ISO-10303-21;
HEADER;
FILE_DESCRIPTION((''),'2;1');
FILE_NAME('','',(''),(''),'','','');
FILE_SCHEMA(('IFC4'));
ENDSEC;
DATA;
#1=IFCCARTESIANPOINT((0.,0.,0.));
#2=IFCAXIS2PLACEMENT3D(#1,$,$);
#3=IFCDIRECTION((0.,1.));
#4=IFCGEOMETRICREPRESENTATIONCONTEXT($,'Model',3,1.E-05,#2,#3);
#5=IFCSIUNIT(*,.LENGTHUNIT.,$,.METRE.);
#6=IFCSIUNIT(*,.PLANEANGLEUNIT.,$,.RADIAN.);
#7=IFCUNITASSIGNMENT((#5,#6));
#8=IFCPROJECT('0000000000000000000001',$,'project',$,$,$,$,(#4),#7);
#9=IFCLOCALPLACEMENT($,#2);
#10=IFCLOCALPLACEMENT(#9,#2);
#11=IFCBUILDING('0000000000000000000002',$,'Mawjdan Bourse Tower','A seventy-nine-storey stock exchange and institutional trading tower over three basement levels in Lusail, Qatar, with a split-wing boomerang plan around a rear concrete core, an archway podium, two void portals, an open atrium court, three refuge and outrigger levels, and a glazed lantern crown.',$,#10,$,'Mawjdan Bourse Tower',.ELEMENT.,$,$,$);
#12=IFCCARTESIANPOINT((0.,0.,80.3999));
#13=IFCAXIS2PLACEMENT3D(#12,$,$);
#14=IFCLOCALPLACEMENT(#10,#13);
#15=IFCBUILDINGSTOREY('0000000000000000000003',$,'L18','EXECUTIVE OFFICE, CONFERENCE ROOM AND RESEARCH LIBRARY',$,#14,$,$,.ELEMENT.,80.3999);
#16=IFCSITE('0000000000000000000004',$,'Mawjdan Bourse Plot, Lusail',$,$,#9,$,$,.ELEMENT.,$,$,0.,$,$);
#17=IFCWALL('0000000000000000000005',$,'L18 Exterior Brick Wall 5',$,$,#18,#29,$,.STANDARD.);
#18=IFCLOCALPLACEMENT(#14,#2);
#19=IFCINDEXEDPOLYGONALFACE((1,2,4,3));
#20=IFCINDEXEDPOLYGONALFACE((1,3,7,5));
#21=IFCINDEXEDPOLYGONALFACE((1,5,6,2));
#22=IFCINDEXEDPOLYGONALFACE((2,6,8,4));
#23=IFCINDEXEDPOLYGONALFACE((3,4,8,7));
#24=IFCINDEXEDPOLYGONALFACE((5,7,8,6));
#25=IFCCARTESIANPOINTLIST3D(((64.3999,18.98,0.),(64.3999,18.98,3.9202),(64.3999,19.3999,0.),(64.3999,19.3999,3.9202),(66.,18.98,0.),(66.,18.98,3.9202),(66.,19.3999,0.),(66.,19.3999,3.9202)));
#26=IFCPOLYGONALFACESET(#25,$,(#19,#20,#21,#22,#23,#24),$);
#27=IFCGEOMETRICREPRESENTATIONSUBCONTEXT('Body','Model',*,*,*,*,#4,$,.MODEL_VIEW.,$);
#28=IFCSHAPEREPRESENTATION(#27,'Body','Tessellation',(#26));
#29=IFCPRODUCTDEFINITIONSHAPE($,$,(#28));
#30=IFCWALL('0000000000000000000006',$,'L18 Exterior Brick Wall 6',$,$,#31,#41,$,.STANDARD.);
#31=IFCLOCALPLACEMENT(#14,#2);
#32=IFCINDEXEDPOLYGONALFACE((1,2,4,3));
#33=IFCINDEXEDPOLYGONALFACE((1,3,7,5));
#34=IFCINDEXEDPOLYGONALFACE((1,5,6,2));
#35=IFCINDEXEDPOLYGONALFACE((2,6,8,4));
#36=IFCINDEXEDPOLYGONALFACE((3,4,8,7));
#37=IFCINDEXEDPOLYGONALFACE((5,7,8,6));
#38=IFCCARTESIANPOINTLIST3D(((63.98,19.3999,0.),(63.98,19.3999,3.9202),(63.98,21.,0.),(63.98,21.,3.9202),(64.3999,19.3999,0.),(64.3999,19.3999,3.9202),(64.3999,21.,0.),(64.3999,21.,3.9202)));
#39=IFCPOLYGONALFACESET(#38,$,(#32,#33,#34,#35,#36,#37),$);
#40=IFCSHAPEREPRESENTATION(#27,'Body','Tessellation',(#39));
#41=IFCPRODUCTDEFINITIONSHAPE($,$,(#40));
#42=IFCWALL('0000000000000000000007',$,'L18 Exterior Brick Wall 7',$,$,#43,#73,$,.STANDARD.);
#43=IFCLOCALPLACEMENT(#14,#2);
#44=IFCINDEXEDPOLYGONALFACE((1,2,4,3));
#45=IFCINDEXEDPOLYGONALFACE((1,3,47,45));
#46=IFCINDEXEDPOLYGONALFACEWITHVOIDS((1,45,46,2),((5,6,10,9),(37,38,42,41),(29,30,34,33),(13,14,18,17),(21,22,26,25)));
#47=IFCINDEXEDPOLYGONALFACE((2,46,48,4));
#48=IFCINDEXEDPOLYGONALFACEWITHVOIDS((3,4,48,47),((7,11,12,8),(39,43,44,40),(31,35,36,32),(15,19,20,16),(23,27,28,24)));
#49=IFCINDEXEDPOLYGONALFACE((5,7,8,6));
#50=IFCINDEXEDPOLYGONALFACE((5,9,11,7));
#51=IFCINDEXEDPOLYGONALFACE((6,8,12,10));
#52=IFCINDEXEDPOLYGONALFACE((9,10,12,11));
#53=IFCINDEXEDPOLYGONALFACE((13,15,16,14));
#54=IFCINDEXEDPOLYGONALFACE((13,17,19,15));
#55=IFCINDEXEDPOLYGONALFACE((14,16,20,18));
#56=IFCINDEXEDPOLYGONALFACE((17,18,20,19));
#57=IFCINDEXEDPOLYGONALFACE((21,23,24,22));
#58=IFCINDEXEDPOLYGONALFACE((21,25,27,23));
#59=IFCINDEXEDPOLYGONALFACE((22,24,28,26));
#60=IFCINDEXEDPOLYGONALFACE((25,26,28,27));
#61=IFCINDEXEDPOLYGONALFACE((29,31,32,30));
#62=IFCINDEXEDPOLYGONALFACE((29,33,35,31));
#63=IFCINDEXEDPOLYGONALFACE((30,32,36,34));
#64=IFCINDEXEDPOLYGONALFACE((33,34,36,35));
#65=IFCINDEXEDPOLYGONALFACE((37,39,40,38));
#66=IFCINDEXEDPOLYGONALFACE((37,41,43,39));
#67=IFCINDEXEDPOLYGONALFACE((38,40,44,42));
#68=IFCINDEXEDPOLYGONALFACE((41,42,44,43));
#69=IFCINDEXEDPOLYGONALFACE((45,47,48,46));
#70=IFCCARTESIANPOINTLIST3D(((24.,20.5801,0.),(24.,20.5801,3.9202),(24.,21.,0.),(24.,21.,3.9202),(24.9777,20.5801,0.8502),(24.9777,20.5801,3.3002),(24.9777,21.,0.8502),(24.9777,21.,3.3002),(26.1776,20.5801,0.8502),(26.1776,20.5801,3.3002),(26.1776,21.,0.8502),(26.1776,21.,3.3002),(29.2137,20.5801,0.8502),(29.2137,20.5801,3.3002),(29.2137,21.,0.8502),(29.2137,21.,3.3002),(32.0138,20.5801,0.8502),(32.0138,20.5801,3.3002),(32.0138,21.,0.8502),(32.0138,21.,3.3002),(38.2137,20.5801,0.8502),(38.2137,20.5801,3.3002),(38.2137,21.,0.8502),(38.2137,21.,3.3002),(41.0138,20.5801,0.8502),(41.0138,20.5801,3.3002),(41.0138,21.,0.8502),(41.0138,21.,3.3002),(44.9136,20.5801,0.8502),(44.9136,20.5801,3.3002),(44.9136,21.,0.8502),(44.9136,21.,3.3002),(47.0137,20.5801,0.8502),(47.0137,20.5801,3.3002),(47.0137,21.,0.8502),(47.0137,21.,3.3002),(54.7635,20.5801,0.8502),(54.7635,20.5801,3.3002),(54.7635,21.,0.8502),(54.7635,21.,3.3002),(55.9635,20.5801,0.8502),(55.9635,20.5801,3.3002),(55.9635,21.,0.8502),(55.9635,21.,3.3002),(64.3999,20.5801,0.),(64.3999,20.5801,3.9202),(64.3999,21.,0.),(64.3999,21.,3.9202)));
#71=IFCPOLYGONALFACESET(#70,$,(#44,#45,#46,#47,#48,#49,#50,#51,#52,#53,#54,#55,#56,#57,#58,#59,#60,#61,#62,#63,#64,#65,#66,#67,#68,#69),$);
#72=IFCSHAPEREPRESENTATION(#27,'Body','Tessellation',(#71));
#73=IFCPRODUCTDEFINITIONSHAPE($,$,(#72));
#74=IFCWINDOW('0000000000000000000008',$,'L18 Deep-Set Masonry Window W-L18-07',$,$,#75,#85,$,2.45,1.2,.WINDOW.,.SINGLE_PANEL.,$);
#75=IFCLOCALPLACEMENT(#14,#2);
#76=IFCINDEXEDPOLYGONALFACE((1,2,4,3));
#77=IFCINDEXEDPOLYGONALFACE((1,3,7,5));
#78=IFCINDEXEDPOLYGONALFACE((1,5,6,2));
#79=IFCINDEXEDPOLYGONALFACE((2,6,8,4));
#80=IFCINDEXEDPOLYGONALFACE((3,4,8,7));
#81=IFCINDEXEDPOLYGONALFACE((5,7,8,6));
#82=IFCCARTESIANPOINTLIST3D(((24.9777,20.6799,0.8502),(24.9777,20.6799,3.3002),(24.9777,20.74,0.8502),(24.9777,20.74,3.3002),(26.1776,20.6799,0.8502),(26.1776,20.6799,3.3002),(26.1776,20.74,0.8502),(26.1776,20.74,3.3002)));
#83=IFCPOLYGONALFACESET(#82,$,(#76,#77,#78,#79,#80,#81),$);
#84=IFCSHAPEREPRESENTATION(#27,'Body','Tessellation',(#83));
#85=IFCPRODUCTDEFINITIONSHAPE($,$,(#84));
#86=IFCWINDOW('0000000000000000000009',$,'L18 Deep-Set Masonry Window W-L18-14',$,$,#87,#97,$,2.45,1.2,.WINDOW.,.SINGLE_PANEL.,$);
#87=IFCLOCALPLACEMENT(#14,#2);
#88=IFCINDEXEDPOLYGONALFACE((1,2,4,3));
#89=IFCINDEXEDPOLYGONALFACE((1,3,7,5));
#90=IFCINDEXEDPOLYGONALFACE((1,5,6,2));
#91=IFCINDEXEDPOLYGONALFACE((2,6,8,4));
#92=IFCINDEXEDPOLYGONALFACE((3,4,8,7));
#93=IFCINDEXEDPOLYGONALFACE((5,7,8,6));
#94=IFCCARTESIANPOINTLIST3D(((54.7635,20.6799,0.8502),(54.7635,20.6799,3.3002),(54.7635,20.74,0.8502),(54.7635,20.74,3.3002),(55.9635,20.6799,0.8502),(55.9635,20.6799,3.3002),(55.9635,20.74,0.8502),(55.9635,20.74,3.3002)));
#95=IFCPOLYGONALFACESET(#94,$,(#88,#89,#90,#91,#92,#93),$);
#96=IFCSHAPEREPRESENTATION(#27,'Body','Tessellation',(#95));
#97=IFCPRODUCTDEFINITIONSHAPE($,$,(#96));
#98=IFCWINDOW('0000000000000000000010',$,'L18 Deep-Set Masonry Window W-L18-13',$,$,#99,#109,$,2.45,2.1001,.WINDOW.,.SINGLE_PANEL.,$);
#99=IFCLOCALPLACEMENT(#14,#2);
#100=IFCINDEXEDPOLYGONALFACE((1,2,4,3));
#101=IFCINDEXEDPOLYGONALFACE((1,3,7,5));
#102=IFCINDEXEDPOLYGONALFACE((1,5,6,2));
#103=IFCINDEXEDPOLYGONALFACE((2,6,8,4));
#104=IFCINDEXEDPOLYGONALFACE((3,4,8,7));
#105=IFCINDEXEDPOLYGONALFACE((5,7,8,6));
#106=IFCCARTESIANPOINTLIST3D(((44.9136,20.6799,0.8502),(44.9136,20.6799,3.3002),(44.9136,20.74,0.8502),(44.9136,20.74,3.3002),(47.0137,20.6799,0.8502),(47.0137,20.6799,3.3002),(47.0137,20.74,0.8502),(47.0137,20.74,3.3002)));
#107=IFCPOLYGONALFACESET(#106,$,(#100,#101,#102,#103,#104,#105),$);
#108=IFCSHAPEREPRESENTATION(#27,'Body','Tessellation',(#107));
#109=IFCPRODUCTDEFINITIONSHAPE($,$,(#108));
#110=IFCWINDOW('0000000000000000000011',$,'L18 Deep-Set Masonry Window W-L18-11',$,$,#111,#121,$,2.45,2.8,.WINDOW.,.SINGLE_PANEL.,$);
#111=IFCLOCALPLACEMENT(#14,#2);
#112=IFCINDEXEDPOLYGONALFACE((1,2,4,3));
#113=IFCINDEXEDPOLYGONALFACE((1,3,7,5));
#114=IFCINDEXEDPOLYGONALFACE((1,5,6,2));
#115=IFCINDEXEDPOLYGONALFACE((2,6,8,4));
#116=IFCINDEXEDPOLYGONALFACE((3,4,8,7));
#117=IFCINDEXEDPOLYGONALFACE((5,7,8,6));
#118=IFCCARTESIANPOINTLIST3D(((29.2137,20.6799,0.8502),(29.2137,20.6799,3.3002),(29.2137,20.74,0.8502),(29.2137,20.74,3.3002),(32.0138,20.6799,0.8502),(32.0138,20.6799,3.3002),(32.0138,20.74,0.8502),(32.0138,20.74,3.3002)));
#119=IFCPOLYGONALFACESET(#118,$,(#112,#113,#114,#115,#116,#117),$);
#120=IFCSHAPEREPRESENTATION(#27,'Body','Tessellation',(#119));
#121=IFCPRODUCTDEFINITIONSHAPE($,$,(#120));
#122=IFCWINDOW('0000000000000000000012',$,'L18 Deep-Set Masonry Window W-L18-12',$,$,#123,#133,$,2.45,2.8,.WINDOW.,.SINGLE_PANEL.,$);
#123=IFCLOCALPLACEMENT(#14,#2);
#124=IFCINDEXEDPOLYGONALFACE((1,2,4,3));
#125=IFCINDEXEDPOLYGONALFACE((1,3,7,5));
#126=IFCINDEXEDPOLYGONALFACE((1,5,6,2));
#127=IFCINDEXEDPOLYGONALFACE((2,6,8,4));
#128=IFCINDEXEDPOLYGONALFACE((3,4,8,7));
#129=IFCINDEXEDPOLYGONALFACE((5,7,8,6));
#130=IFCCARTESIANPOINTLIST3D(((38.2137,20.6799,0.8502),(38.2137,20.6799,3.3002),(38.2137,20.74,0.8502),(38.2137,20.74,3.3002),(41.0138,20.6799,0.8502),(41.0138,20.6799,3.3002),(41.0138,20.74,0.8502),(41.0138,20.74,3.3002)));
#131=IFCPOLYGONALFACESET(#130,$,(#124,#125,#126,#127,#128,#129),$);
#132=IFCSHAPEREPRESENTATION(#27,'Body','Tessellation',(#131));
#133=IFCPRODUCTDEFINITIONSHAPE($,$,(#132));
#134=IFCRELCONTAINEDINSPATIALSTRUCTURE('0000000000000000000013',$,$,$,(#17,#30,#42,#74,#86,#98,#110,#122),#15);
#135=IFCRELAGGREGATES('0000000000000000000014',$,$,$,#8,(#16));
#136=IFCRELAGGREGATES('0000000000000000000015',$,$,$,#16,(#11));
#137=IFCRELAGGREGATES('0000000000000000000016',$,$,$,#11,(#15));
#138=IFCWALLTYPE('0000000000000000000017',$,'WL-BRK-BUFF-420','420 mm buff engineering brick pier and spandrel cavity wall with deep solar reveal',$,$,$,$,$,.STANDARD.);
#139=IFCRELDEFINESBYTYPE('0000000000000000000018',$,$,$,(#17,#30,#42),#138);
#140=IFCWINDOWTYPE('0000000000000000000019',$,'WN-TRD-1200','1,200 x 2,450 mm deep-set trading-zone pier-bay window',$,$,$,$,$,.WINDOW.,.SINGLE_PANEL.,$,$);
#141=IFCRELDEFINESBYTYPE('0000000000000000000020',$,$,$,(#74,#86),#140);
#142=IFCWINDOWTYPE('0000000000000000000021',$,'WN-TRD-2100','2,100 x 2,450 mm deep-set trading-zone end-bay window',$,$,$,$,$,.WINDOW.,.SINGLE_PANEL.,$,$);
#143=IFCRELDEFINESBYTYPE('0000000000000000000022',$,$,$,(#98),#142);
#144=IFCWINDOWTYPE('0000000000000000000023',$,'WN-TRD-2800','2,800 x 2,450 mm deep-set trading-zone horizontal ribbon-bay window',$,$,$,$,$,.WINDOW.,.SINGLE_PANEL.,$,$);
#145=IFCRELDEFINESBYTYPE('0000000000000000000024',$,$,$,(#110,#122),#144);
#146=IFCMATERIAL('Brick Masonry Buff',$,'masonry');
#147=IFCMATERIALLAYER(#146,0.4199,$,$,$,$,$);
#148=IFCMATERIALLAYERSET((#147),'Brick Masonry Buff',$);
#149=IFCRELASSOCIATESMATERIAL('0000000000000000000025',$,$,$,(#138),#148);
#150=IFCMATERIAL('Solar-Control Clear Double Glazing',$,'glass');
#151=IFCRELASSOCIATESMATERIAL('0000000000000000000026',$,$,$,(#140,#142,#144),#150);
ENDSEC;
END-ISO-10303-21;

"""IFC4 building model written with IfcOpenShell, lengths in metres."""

from ifc_helpers import new_model, si_unit, direction, frame, frame_2d, origin, place, context, subcontext, project, spatial, rectangle, extrude, material, layer, layer_set, type_object, element, fill, save


model = new_model("IFC4")

# Units and contexts
model_context = context("Model", 3, precision=1e-05, world=origin(), true_north=direction((0.0, 1.0)))
body_context = subcontext(model_context, "Body", "Model", "MODEL_VIEW")
ifc_project = project(units=[si_unit("LENGTHUNIT", "METRE"), si_unit("PLANEANGLEUNIT", "RADIAN")], contexts=[model_context])

# Site, building, storey
site_placement = place(None, origin())
site = spatial("IfcSite", under=ifc_project, at=site_placement, Name="Mawjdan Bourse Plot, Lusail", CompositionType="ELEMENT", RefElevation=0.0)
building_placement = place(site_placement, origin())
building = spatial("IfcBuilding", under=site, at=building_placement, Name="Mawjdan Bourse Tower", Description="A seventy-nine-storey stock exchange and institutional trading tower over three basement levels in Lusail, Qatar, with a split-wing boomerang plan around a rear concrete core, an archway podium, two void portals, an open atrium court, three refuge and outrigger levels, and a glazed lantern crown.", LongName="Mawjdan Bourse Tower", CompositionType="ELEMENT")
storey_placement = place(building_placement, frame((0.0, 0.0, 80.3999)))
storey = spatial("IfcBuildingStorey", under=building, at=storey_placement, Name="L18", Description="EXECUTIVE OFFICE, CONFERENCE ROOM AND RESEARCH LIBRARY", CompositionType="ELEMENT", Elevation=80.3999)

# Walls
ifc_material_1 = material(Name="Brick Masonry Buff", Category="masonry")
ifc_layer = layer(ifc_material_1, 0.4199)
ifc_layer_set = layer_set([ifc_layer], Name="Brick Masonry Buff")
wall_type = type_object("IfcWallType", Name="WL-BRK-BUFF-420", Description="420 mm buff engineering brick pier and spandrel cavity wall with deep solar reveal", PredefinedType="STANDARD", material=ifc_layer_set)
for number, where, z_axis, x_axis, name in (
    (1, (66.0, 19.1899, 0.0), (0.0, 0.0, 1.0), (-1.0, 0.0, 0.0), "L18 Exterior Brick Wall 5"),
    (2, (64.1899, 19.3999, 0.0), (0.0, 0.0, 1.0), (0.0, 1.0, 0.0), "L18 Exterior Brick Wall 6"),
):
    element("IfcWall", number, at=place(storey_placement, frame(where, z_axis=z_axis, x_axis=x_axis)), inside=storey, type_object=wall_type, Name=name, PredefinedType="STANDARD", context=body_context, shape_type="SweptSolid", body=[
        extrude(rectangle(XDim=1.6001, YDim=0.4199, at=frame_2d((0.8, 0.0))), origin(), (0.0, 0.0, 1.0), 3.9202),
    ])

# Wall, openings, windows
wall_placement = place(storey_placement, frame((64.3999, 20.79, 0.0), z_axis=(0.0, 0.0, 1.0), x_axis=(-1.0, 0.0, 0.0)))
wall = element("IfcWall", 3, at=wall_placement, inside=storey, type_object=wall_type, Name="L18 Exterior Brick Wall 7", PredefinedType="STANDARD", context=body_context, shape_type="SweptSolid", body=[
    extrude(rectangle(XDim=40.3999, YDim=0.4199, at=frame_2d((20.2, 0.0))), origin(), (0.0, 0.0, 1.0), 3.9202),
])
opening_1_placement = place(wall_placement, frame((38.2222, 0.0, 0.8501)))
opening_1 = element("IfcOpeningElement", 4, at=opening_1_placement, cuts=wall, PredefinedType="OPENING", context=body_context, shape_type="SweptSolid", body=[
    extrude(rectangle(XDim=1.2, YDim=2.45, at=frame_2d((0.6001, 1.2251))), frame((0.0, 0.22, 0.0), z_axis=(0.0, -1.0, 0.0), x_axis=(1.0, 0.0, 0.0)), (0.0, 0.0, 1.0), 0.4399),
])
opening_2_placement = place(wall_placement, frame((32.3862, 0.0, 0.8501)))
opening_2 = element("IfcOpeningElement", 5, at=opening_2_placement, cuts=wall, PredefinedType="OPENING", context=body_context, shape_type="SweptSolid", body=[
    extrude(rectangle(XDim=2.8, YDim=2.45, at=frame_2d((1.3999, 1.2251))), frame((0.0, 0.22, 0.0), z_axis=(0.0, -1.0, 0.0), x_axis=(1.0, 0.0, 0.0)), (0.0, 0.0, 1.0), 0.4399),
])
opening_3_placement = place(wall_placement, frame((23.3862, 0.0, 0.8501)))
opening_3 = element("IfcOpeningElement", 6, at=opening_3_placement, cuts=wall, PredefinedType="OPENING", context=body_context, shape_type="SweptSolid", body=[
    extrude(rectangle(XDim=2.8, YDim=2.45, at=frame_2d((1.3999, 1.2251))), frame((0.0, 0.22, 0.0), z_axis=(0.0, -1.0, 0.0), x_axis=(1.0, 0.0, 0.0)), (0.0, 0.0, 1.0), 0.4399),
])
opening_4_placement = place(wall_placement, frame((17.3862, 0.0, 0.8501)))
opening_4 = element("IfcOpeningElement", 7, at=opening_4_placement, cuts=wall, PredefinedType="OPENING", context=body_context, shape_type="SweptSolid", body=[
    extrude(rectangle(XDim=2.1001, YDim=2.45, at=frame_2d((1.05, 1.2251))), frame((0.0, 0.22, 0.0), z_axis=(0.0, -1.0, 0.0), x_axis=(1.0, 0.0, 0.0)), (0.0, 0.0, 1.0), 0.4399),
])
opening_5_placement = place(wall_placement, frame((8.4363, 0.0, 0.8501)))
opening_5 = element("IfcOpeningElement", 8, at=opening_5_placement, cuts=wall, PredefinedType="OPENING", context=body_context, shape_type="SweptSolid", body=[
    extrude(rectangle(XDim=1.2, YDim=2.45, at=frame_2d((0.6001, 1.2251))), frame((0.0, 0.22, 0.0), z_axis=(0.0, -1.0, 0.0), x_axis=(1.0, 0.0, 0.0)), (0.0, 0.0, 1.0), 0.4399),
])
ifc_material_2 = material(Name="Solar-Control Clear Double Glazing", Category="glass")
window_type_1 = type_object("IfcWindowType", Name="WN-TRD-1200", Description="1,200 x 2,450 mm deep-set trading-zone pier-bay window", PartitioningType="SINGLE_PANEL", PredefinedType="WINDOW", material=ifc_material_2)
window_1_placement = place(opening_1_placement, origin())
window_1 = element("IfcWindow", 9, at=window_1_placement, inside=storey, type_object=window_type_1, Name="L18 Deep-Set Masonry Window W-L18-07", OverallHeight=2.45, OverallWidth=1.2, PartitioningType="SINGLE_PANEL", PredefinedType="WINDOW", context=body_context, shape_type="SweptSolid", body=[
    extrude(rectangle(XDim=1.2, YDim=2.45, at=frame_2d((0.6001, 1.2251))), frame((0.0, 0.1101, 0.0), z_axis=(0.0, -1.0, 0.0), x_axis=(1.0, 0.0, 0.0)), (0.0, 0.0, 1.0), 0.0601),
])
fill(opening_1, window_1)
window_2_placement = place(opening_5_placement, origin())
window_2 = element("IfcWindow", 10, at=window_2_placement, inside=storey, type_object=window_type_1, Name="L18 Deep-Set Masonry Window W-L18-14", OverallHeight=2.45, OverallWidth=1.2, PartitioningType="SINGLE_PANEL", PredefinedType="WINDOW", context=body_context, shape_type="SweptSolid", body=[
    extrude(rectangle(XDim=1.2, YDim=2.45, at=frame_2d((0.6001, 1.2251))), frame((0.0, 0.1101, 0.0), z_axis=(0.0, -1.0, 0.0), x_axis=(1.0, 0.0, 0.0)), (0.0, 0.0, 1.0), 0.0601),
])
fill(opening_5, window_2)
window_type_2 = type_object("IfcWindowType", Name="WN-TRD-2100", Description="2,100 x 2,450 mm deep-set trading-zone end-bay window", PartitioningType="SINGLE_PANEL", PredefinedType="WINDOW", material=ifc_material_2)
window_3_placement = place(opening_4_placement, origin())
window_3 = element("IfcWindow", 11, at=window_3_placement, inside=storey, type_object=window_type_2, Name="L18 Deep-Set Masonry Window W-L18-13", OverallHeight=2.45, OverallWidth=2.1001, PartitioningType="SINGLE_PANEL", PredefinedType="WINDOW", context=body_context, shape_type="SweptSolid", body=[
    extrude(rectangle(XDim=2.1001, YDim=2.45, at=frame_2d((1.05, 1.2251))), frame((0.0, 0.1101, 0.0), z_axis=(0.0, -1.0, 0.0), x_axis=(1.0, 0.0, 0.0)), (0.0, 0.0, 1.0), 0.0601),
])
fill(opening_4, window_3)
window_type_3 = type_object("IfcWindowType", Name="WN-TRD-2800", Description="2,800 x 2,450 mm deep-set trading-zone horizontal ribbon-bay window", PartitioningType="SINGLE_PANEL", PredefinedType="WINDOW", material=ifc_material_2)
window_4_placement = place(opening_2_placement, origin())
window_4 = element("IfcWindow", 12, at=window_4_placement, inside=storey, type_object=window_type_3, Name="L18 Deep-Set Masonry Window W-L18-11", OverallHeight=2.45, OverallWidth=2.8, PartitioningType="SINGLE_PANEL", PredefinedType="WINDOW", context=body_context, shape_type="SweptSolid", body=[
    extrude(rectangle(XDim=2.8, YDim=2.45, at=frame_2d((1.3999, 1.2251))), frame((0.0, 0.1101, 0.0), z_axis=(0.0, -1.0, 0.0), x_axis=(1.0, 0.0, 0.0)), (0.0, 0.0, 1.0), 0.0601),
])
fill(opening_2, window_4)
window_5_placement = place(opening_3_placement, origin())
window_5 = element("IfcWindow", 13, at=window_5_placement, inside=storey, type_object=window_type_3, Name="L18 Deep-Set Masonry Window W-L18-12", OverallHeight=2.45, OverallWidth=2.8, PartitioningType="SINGLE_PANEL", PredefinedType="WINDOW", context=body_context, shape_type="SweptSolid", body=[
    extrude(rectangle(XDim=2.8, YDim=2.45, at=frame_2d((1.3999, 1.2251))), frame((0.0, 0.1101, 0.0), z_axis=(0.0, -1.0, 0.0), x_axis=(1.0, 0.0, 0.0)), (0.0, 0.0, 1.0), 0.0601),
])
fill(opening_3, window_5)

save(model, "model.ifc")
